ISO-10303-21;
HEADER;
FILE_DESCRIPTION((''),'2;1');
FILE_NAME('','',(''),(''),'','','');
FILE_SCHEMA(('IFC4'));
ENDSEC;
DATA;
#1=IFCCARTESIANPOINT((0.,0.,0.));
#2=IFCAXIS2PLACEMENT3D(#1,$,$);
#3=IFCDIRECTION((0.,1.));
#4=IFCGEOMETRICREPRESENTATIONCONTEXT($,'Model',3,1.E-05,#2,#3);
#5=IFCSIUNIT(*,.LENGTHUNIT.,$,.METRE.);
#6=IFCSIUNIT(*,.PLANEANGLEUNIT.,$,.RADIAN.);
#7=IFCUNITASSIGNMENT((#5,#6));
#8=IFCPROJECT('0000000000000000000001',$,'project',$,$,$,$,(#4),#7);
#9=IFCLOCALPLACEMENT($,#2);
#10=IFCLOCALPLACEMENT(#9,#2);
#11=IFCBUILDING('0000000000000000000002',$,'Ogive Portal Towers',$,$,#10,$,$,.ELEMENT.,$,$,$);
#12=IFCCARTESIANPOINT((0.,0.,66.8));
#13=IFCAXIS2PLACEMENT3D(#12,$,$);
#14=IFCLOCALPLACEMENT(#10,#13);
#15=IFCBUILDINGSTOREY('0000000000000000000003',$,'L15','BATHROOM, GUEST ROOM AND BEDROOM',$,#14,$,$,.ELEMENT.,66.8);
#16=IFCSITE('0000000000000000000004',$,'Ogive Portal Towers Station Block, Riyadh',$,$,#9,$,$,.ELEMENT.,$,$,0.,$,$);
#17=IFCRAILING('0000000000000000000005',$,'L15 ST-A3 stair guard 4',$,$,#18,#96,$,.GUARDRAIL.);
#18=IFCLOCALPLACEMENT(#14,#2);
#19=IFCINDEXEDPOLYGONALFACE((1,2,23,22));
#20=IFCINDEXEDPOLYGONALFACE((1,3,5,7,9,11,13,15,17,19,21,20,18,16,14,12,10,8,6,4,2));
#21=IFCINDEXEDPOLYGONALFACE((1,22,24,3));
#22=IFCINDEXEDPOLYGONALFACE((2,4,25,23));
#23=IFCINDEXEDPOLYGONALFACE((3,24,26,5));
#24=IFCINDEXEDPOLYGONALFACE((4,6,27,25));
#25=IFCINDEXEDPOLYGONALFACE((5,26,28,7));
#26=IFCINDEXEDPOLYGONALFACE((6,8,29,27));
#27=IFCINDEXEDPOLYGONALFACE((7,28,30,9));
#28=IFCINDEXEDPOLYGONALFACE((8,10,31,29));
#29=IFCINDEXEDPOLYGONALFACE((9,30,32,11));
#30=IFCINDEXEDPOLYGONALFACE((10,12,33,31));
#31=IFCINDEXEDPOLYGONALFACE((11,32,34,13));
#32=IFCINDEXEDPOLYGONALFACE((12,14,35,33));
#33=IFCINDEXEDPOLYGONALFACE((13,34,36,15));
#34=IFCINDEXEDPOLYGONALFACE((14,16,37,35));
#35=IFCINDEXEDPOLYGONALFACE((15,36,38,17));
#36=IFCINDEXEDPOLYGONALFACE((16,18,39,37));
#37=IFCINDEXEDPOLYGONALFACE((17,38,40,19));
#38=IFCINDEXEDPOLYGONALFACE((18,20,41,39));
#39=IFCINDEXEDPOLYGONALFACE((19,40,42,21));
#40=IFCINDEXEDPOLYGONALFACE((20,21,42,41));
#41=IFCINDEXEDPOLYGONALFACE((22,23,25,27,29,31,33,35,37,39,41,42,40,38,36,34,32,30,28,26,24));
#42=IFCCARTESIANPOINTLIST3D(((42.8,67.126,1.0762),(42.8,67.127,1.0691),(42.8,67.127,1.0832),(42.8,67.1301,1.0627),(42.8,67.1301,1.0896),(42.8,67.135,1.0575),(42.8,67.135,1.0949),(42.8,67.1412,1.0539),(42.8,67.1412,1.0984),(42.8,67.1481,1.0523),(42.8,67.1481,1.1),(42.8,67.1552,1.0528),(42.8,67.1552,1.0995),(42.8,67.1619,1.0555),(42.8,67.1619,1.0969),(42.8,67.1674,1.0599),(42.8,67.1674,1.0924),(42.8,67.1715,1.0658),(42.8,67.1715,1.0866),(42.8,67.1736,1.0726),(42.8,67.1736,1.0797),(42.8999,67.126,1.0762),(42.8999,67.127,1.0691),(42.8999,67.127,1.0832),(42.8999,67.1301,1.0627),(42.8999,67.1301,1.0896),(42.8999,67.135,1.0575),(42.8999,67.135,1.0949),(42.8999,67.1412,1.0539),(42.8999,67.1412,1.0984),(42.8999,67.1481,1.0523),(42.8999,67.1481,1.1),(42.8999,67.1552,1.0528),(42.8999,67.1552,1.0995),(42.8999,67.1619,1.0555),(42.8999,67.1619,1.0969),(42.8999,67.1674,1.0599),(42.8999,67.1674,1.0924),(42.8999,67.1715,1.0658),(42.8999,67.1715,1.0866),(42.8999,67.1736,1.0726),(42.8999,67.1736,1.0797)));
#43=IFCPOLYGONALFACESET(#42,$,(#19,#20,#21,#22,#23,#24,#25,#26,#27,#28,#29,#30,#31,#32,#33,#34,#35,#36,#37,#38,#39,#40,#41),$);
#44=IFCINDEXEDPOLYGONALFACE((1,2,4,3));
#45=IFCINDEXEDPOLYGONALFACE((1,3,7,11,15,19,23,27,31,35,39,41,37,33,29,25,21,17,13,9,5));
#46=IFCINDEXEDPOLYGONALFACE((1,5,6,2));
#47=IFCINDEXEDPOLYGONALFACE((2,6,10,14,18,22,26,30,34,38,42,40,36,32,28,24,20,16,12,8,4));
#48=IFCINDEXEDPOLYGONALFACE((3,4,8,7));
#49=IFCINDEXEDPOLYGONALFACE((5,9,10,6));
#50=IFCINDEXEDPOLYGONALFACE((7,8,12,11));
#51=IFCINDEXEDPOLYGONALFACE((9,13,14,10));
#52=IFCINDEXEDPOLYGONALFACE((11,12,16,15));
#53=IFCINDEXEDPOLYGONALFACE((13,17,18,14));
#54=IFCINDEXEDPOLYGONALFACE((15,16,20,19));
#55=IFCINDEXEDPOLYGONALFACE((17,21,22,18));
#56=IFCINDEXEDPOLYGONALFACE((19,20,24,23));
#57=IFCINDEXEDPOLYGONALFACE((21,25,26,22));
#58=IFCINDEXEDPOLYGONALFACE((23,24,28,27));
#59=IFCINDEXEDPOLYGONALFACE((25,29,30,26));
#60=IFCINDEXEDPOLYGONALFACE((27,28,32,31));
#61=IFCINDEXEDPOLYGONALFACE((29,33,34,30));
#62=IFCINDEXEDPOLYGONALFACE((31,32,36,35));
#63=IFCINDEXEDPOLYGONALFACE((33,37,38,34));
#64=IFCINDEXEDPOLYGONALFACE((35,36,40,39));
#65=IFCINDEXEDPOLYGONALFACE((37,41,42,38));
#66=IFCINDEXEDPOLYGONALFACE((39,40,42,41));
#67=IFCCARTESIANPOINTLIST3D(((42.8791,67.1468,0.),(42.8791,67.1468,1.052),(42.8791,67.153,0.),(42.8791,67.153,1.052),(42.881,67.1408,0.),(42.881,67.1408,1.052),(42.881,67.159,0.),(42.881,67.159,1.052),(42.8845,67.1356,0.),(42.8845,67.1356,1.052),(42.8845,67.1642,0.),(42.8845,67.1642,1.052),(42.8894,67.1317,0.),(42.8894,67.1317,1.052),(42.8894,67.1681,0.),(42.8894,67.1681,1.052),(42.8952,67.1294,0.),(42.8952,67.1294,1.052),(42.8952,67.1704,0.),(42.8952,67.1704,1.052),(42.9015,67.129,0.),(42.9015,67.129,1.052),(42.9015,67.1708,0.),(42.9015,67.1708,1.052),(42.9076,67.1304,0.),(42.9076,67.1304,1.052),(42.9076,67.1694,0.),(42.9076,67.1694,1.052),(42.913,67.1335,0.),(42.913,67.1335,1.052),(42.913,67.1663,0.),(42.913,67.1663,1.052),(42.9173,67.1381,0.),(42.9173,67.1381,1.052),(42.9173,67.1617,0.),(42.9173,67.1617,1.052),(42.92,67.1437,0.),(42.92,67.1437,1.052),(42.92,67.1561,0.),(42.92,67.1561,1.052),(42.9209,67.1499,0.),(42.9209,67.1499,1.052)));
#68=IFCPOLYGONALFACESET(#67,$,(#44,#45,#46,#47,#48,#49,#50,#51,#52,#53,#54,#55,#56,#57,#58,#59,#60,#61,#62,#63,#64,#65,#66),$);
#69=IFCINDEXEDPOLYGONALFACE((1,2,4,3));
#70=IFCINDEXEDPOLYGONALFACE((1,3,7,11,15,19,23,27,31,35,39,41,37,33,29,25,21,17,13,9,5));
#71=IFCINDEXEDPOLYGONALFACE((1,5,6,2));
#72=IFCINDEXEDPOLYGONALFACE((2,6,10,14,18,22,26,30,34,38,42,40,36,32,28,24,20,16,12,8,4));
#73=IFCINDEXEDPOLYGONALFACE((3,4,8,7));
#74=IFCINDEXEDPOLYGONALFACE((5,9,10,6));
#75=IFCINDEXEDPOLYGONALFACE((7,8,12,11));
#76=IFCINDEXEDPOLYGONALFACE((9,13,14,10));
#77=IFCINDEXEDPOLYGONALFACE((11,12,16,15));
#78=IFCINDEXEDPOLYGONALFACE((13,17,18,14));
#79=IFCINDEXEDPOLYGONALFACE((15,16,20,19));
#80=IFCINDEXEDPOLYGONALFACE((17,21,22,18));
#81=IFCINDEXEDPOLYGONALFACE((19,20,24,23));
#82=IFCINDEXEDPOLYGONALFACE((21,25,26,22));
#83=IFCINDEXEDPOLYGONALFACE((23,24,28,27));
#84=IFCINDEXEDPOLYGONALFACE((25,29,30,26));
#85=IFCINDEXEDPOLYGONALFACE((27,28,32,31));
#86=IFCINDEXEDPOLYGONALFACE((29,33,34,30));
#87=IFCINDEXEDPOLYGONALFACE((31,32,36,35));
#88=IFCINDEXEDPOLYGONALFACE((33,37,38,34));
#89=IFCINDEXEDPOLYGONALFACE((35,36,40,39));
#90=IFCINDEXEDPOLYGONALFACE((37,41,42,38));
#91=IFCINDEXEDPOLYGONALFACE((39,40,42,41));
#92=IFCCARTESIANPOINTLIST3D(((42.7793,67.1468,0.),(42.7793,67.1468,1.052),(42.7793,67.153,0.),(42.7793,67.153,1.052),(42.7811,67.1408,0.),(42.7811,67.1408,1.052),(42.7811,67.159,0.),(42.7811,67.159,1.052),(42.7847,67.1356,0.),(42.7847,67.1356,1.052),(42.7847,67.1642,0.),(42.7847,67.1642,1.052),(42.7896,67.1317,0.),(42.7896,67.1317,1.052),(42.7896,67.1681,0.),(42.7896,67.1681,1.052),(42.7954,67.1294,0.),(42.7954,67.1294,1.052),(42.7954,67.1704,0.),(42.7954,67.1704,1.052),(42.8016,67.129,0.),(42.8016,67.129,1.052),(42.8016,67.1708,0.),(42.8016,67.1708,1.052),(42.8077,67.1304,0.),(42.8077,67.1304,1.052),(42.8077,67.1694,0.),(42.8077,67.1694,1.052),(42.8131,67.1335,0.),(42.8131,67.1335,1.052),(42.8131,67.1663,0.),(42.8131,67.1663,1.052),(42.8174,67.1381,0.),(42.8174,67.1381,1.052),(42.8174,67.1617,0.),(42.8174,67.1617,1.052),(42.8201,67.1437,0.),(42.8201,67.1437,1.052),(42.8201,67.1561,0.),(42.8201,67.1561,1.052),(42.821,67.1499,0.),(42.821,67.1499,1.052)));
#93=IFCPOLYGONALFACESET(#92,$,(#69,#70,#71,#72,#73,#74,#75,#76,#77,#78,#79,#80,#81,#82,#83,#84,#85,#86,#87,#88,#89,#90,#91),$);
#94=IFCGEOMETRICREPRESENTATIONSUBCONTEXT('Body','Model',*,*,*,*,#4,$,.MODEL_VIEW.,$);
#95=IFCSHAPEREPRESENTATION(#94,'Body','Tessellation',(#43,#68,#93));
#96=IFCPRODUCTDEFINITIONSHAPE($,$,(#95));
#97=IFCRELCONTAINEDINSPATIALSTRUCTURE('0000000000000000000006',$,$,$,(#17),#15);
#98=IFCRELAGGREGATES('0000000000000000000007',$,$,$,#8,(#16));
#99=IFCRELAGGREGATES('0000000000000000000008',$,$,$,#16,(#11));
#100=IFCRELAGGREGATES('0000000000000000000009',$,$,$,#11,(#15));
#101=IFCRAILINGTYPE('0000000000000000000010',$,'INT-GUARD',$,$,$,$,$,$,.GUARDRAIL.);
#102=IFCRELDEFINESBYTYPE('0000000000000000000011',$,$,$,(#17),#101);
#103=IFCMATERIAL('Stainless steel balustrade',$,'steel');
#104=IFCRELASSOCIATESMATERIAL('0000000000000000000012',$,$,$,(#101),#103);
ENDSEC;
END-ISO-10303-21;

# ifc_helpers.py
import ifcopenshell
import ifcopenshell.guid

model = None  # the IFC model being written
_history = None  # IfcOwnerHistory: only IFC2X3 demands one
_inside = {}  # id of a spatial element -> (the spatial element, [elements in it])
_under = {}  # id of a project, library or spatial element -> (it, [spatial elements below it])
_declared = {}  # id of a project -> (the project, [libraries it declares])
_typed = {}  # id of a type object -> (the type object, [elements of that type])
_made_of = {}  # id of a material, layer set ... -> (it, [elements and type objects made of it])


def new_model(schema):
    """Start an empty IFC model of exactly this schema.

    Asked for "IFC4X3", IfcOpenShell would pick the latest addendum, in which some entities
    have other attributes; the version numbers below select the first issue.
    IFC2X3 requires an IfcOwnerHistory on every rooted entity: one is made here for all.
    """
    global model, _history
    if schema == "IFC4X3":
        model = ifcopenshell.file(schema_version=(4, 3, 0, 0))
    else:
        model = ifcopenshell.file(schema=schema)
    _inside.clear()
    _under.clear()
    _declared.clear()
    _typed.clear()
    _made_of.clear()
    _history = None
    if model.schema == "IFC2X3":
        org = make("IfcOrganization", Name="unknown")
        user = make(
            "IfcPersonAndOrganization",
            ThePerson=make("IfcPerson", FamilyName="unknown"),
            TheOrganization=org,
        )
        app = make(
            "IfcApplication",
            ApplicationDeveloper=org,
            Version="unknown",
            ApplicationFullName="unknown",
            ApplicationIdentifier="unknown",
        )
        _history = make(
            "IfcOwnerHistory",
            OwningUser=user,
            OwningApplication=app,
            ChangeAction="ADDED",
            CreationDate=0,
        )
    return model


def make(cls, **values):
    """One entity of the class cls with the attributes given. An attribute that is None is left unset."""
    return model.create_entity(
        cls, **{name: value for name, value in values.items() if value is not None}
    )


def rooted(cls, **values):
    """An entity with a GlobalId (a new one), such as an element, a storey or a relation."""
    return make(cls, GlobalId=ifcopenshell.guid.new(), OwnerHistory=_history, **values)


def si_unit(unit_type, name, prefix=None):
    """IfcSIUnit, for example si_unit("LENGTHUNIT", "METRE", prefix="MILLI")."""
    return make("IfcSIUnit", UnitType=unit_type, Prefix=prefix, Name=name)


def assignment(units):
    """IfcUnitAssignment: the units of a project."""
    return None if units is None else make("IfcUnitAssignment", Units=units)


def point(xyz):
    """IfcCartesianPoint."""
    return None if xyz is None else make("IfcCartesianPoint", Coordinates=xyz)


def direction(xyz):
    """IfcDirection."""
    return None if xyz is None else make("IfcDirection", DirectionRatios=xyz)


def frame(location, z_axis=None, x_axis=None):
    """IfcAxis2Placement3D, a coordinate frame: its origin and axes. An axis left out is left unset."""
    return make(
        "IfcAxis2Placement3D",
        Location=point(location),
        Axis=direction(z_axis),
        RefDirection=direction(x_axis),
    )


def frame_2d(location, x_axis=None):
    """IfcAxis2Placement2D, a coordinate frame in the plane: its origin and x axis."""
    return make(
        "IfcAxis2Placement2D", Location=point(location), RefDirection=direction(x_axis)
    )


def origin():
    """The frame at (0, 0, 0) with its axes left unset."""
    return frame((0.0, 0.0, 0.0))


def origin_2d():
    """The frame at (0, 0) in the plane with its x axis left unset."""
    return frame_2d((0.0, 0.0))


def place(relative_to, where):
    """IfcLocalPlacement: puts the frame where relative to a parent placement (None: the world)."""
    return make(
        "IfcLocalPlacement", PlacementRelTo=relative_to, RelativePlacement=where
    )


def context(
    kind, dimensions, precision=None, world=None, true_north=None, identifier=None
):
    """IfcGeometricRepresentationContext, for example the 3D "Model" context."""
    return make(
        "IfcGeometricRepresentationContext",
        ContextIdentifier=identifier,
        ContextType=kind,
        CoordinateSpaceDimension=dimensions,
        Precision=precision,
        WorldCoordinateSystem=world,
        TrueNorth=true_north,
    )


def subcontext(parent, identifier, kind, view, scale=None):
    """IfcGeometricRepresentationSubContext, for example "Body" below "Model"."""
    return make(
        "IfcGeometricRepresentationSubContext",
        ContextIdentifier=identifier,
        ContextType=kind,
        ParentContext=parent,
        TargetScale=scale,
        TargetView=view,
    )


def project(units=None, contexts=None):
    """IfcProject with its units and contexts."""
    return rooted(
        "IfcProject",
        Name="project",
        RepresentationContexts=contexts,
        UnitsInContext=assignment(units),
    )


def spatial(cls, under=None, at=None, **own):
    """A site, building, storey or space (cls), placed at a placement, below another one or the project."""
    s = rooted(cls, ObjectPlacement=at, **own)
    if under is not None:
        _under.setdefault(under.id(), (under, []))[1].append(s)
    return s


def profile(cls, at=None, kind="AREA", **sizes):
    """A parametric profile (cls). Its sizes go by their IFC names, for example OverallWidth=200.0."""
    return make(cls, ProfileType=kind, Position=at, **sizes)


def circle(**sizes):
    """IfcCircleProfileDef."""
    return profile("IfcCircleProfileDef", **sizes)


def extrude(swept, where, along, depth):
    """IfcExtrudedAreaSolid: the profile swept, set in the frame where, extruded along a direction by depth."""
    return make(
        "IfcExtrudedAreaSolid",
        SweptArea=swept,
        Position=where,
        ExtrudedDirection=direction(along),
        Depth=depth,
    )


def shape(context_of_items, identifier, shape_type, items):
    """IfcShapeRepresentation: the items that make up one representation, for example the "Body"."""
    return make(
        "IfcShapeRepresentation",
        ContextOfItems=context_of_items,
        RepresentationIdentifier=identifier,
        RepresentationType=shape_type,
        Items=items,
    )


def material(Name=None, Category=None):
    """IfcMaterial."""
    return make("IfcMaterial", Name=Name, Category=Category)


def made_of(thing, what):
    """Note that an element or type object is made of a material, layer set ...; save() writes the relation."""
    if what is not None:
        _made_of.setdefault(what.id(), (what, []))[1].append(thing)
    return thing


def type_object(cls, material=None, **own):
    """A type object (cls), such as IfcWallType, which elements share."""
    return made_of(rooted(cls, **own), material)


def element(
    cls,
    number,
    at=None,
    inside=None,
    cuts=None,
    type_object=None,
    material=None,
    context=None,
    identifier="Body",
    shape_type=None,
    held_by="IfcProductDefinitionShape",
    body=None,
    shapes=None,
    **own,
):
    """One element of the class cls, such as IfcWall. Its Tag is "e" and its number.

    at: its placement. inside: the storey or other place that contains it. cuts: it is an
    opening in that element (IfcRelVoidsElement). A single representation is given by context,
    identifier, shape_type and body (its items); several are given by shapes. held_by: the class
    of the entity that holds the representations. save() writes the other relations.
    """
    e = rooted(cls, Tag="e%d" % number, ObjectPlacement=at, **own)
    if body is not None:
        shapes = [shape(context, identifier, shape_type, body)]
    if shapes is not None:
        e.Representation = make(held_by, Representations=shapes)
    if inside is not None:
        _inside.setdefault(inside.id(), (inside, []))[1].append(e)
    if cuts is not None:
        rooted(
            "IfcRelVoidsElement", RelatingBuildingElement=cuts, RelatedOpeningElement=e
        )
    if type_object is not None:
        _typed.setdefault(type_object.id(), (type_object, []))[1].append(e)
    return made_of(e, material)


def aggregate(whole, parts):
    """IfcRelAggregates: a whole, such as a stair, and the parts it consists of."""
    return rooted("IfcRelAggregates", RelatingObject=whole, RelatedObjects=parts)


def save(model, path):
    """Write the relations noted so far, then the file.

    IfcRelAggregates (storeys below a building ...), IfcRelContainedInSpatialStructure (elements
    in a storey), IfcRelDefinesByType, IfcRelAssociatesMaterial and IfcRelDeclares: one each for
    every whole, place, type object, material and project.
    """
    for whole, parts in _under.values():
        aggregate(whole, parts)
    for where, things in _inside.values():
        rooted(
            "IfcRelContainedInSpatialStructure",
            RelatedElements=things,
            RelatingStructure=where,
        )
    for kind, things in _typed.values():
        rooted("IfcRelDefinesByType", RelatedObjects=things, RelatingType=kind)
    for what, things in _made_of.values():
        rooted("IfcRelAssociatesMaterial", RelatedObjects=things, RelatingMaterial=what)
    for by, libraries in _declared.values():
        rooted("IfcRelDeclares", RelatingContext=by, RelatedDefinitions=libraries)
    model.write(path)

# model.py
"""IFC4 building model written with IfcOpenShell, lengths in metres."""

from ifc_helpers import new_model, si_unit, direction, frame, origin, origin_2d, place, context, subcontext, project, spatial, circle, extrude, material, type_object, element, save


model = new_model("IFC4")

# Units and contexts
model_context = context("Model", 3, precision=1e-05, world=origin(), true_north=direction((0.0, 1.0)))
body_context = subcontext(model_context, "Body", "Model", "MODEL_VIEW")
ifc_project = project(units=[si_unit("LENGTHUNIT", "METRE"), si_unit("PLANEANGLEUNIT", "RADIAN")], contexts=[model_context])

# Site, building, storey
site_placement = place(None, origin())
site = spatial("IfcSite", under=ifc_project, at=site_placement, Name="Ogive Portal Towers Station Block, Riyadh", CompositionType="ELEMENT", RefElevation=0.0)
building_placement = place(site_placement, origin())
building = spatial("IfcBuilding", under=site, at=building_placement, Name="Ogive Portal Towers", CompositionType="ELEMENT")
storey_placement = place(building_placement, frame((0.0, 0.0, 66.8)))
storey = spatial("IfcBuildingStorey", under=building, at=storey_placement, Name="L15", Description="BATHROOM, GUEST ROOM AND BEDROOM", CompositionType="ELEMENT", Elevation=66.8)

# Railing
ifc_material_1 = material(Name="Stainless steel balustrade", Category="steel")
railing_type_1 = type_object("IfcRailingType", Name="INT-GUARD", PredefinedType="GUARDRAIL", material=ifc_material_1)
railing_1_placement = place(storey_placement, frame((42.8999, 67.1499, 0.0)))
element("IfcRailing", 1, at=railing_1_placement, inside=storey, type_object=railing_type_1, Name="L15 ST-A3 stair guard 4", PredefinedType="GUARDRAIL", context=body_context, shape_type="SweptSolid", body=[
    extrude(circle(Radius=0.0239, at=origin_2d()), frame((0.0, 0.0, 1.0762), z_axis=(-1.0, 0.0, 0.0), x_axis=(0.0, -1.0, 0.0)), (0.0, 0.0, 1.0), 0.0999),
    extrude(circle(Radius=0.021, at=origin_2d()), origin(), (0.0, 0.0, 1.0), 1.052),
    extrude(circle(Radius=0.021, at=origin_2d()), frame((-0.0999, 0.0, 0.0)), (0.0, 0.0, 1.0), 1.052),
])

save(model, "model.ifc")
